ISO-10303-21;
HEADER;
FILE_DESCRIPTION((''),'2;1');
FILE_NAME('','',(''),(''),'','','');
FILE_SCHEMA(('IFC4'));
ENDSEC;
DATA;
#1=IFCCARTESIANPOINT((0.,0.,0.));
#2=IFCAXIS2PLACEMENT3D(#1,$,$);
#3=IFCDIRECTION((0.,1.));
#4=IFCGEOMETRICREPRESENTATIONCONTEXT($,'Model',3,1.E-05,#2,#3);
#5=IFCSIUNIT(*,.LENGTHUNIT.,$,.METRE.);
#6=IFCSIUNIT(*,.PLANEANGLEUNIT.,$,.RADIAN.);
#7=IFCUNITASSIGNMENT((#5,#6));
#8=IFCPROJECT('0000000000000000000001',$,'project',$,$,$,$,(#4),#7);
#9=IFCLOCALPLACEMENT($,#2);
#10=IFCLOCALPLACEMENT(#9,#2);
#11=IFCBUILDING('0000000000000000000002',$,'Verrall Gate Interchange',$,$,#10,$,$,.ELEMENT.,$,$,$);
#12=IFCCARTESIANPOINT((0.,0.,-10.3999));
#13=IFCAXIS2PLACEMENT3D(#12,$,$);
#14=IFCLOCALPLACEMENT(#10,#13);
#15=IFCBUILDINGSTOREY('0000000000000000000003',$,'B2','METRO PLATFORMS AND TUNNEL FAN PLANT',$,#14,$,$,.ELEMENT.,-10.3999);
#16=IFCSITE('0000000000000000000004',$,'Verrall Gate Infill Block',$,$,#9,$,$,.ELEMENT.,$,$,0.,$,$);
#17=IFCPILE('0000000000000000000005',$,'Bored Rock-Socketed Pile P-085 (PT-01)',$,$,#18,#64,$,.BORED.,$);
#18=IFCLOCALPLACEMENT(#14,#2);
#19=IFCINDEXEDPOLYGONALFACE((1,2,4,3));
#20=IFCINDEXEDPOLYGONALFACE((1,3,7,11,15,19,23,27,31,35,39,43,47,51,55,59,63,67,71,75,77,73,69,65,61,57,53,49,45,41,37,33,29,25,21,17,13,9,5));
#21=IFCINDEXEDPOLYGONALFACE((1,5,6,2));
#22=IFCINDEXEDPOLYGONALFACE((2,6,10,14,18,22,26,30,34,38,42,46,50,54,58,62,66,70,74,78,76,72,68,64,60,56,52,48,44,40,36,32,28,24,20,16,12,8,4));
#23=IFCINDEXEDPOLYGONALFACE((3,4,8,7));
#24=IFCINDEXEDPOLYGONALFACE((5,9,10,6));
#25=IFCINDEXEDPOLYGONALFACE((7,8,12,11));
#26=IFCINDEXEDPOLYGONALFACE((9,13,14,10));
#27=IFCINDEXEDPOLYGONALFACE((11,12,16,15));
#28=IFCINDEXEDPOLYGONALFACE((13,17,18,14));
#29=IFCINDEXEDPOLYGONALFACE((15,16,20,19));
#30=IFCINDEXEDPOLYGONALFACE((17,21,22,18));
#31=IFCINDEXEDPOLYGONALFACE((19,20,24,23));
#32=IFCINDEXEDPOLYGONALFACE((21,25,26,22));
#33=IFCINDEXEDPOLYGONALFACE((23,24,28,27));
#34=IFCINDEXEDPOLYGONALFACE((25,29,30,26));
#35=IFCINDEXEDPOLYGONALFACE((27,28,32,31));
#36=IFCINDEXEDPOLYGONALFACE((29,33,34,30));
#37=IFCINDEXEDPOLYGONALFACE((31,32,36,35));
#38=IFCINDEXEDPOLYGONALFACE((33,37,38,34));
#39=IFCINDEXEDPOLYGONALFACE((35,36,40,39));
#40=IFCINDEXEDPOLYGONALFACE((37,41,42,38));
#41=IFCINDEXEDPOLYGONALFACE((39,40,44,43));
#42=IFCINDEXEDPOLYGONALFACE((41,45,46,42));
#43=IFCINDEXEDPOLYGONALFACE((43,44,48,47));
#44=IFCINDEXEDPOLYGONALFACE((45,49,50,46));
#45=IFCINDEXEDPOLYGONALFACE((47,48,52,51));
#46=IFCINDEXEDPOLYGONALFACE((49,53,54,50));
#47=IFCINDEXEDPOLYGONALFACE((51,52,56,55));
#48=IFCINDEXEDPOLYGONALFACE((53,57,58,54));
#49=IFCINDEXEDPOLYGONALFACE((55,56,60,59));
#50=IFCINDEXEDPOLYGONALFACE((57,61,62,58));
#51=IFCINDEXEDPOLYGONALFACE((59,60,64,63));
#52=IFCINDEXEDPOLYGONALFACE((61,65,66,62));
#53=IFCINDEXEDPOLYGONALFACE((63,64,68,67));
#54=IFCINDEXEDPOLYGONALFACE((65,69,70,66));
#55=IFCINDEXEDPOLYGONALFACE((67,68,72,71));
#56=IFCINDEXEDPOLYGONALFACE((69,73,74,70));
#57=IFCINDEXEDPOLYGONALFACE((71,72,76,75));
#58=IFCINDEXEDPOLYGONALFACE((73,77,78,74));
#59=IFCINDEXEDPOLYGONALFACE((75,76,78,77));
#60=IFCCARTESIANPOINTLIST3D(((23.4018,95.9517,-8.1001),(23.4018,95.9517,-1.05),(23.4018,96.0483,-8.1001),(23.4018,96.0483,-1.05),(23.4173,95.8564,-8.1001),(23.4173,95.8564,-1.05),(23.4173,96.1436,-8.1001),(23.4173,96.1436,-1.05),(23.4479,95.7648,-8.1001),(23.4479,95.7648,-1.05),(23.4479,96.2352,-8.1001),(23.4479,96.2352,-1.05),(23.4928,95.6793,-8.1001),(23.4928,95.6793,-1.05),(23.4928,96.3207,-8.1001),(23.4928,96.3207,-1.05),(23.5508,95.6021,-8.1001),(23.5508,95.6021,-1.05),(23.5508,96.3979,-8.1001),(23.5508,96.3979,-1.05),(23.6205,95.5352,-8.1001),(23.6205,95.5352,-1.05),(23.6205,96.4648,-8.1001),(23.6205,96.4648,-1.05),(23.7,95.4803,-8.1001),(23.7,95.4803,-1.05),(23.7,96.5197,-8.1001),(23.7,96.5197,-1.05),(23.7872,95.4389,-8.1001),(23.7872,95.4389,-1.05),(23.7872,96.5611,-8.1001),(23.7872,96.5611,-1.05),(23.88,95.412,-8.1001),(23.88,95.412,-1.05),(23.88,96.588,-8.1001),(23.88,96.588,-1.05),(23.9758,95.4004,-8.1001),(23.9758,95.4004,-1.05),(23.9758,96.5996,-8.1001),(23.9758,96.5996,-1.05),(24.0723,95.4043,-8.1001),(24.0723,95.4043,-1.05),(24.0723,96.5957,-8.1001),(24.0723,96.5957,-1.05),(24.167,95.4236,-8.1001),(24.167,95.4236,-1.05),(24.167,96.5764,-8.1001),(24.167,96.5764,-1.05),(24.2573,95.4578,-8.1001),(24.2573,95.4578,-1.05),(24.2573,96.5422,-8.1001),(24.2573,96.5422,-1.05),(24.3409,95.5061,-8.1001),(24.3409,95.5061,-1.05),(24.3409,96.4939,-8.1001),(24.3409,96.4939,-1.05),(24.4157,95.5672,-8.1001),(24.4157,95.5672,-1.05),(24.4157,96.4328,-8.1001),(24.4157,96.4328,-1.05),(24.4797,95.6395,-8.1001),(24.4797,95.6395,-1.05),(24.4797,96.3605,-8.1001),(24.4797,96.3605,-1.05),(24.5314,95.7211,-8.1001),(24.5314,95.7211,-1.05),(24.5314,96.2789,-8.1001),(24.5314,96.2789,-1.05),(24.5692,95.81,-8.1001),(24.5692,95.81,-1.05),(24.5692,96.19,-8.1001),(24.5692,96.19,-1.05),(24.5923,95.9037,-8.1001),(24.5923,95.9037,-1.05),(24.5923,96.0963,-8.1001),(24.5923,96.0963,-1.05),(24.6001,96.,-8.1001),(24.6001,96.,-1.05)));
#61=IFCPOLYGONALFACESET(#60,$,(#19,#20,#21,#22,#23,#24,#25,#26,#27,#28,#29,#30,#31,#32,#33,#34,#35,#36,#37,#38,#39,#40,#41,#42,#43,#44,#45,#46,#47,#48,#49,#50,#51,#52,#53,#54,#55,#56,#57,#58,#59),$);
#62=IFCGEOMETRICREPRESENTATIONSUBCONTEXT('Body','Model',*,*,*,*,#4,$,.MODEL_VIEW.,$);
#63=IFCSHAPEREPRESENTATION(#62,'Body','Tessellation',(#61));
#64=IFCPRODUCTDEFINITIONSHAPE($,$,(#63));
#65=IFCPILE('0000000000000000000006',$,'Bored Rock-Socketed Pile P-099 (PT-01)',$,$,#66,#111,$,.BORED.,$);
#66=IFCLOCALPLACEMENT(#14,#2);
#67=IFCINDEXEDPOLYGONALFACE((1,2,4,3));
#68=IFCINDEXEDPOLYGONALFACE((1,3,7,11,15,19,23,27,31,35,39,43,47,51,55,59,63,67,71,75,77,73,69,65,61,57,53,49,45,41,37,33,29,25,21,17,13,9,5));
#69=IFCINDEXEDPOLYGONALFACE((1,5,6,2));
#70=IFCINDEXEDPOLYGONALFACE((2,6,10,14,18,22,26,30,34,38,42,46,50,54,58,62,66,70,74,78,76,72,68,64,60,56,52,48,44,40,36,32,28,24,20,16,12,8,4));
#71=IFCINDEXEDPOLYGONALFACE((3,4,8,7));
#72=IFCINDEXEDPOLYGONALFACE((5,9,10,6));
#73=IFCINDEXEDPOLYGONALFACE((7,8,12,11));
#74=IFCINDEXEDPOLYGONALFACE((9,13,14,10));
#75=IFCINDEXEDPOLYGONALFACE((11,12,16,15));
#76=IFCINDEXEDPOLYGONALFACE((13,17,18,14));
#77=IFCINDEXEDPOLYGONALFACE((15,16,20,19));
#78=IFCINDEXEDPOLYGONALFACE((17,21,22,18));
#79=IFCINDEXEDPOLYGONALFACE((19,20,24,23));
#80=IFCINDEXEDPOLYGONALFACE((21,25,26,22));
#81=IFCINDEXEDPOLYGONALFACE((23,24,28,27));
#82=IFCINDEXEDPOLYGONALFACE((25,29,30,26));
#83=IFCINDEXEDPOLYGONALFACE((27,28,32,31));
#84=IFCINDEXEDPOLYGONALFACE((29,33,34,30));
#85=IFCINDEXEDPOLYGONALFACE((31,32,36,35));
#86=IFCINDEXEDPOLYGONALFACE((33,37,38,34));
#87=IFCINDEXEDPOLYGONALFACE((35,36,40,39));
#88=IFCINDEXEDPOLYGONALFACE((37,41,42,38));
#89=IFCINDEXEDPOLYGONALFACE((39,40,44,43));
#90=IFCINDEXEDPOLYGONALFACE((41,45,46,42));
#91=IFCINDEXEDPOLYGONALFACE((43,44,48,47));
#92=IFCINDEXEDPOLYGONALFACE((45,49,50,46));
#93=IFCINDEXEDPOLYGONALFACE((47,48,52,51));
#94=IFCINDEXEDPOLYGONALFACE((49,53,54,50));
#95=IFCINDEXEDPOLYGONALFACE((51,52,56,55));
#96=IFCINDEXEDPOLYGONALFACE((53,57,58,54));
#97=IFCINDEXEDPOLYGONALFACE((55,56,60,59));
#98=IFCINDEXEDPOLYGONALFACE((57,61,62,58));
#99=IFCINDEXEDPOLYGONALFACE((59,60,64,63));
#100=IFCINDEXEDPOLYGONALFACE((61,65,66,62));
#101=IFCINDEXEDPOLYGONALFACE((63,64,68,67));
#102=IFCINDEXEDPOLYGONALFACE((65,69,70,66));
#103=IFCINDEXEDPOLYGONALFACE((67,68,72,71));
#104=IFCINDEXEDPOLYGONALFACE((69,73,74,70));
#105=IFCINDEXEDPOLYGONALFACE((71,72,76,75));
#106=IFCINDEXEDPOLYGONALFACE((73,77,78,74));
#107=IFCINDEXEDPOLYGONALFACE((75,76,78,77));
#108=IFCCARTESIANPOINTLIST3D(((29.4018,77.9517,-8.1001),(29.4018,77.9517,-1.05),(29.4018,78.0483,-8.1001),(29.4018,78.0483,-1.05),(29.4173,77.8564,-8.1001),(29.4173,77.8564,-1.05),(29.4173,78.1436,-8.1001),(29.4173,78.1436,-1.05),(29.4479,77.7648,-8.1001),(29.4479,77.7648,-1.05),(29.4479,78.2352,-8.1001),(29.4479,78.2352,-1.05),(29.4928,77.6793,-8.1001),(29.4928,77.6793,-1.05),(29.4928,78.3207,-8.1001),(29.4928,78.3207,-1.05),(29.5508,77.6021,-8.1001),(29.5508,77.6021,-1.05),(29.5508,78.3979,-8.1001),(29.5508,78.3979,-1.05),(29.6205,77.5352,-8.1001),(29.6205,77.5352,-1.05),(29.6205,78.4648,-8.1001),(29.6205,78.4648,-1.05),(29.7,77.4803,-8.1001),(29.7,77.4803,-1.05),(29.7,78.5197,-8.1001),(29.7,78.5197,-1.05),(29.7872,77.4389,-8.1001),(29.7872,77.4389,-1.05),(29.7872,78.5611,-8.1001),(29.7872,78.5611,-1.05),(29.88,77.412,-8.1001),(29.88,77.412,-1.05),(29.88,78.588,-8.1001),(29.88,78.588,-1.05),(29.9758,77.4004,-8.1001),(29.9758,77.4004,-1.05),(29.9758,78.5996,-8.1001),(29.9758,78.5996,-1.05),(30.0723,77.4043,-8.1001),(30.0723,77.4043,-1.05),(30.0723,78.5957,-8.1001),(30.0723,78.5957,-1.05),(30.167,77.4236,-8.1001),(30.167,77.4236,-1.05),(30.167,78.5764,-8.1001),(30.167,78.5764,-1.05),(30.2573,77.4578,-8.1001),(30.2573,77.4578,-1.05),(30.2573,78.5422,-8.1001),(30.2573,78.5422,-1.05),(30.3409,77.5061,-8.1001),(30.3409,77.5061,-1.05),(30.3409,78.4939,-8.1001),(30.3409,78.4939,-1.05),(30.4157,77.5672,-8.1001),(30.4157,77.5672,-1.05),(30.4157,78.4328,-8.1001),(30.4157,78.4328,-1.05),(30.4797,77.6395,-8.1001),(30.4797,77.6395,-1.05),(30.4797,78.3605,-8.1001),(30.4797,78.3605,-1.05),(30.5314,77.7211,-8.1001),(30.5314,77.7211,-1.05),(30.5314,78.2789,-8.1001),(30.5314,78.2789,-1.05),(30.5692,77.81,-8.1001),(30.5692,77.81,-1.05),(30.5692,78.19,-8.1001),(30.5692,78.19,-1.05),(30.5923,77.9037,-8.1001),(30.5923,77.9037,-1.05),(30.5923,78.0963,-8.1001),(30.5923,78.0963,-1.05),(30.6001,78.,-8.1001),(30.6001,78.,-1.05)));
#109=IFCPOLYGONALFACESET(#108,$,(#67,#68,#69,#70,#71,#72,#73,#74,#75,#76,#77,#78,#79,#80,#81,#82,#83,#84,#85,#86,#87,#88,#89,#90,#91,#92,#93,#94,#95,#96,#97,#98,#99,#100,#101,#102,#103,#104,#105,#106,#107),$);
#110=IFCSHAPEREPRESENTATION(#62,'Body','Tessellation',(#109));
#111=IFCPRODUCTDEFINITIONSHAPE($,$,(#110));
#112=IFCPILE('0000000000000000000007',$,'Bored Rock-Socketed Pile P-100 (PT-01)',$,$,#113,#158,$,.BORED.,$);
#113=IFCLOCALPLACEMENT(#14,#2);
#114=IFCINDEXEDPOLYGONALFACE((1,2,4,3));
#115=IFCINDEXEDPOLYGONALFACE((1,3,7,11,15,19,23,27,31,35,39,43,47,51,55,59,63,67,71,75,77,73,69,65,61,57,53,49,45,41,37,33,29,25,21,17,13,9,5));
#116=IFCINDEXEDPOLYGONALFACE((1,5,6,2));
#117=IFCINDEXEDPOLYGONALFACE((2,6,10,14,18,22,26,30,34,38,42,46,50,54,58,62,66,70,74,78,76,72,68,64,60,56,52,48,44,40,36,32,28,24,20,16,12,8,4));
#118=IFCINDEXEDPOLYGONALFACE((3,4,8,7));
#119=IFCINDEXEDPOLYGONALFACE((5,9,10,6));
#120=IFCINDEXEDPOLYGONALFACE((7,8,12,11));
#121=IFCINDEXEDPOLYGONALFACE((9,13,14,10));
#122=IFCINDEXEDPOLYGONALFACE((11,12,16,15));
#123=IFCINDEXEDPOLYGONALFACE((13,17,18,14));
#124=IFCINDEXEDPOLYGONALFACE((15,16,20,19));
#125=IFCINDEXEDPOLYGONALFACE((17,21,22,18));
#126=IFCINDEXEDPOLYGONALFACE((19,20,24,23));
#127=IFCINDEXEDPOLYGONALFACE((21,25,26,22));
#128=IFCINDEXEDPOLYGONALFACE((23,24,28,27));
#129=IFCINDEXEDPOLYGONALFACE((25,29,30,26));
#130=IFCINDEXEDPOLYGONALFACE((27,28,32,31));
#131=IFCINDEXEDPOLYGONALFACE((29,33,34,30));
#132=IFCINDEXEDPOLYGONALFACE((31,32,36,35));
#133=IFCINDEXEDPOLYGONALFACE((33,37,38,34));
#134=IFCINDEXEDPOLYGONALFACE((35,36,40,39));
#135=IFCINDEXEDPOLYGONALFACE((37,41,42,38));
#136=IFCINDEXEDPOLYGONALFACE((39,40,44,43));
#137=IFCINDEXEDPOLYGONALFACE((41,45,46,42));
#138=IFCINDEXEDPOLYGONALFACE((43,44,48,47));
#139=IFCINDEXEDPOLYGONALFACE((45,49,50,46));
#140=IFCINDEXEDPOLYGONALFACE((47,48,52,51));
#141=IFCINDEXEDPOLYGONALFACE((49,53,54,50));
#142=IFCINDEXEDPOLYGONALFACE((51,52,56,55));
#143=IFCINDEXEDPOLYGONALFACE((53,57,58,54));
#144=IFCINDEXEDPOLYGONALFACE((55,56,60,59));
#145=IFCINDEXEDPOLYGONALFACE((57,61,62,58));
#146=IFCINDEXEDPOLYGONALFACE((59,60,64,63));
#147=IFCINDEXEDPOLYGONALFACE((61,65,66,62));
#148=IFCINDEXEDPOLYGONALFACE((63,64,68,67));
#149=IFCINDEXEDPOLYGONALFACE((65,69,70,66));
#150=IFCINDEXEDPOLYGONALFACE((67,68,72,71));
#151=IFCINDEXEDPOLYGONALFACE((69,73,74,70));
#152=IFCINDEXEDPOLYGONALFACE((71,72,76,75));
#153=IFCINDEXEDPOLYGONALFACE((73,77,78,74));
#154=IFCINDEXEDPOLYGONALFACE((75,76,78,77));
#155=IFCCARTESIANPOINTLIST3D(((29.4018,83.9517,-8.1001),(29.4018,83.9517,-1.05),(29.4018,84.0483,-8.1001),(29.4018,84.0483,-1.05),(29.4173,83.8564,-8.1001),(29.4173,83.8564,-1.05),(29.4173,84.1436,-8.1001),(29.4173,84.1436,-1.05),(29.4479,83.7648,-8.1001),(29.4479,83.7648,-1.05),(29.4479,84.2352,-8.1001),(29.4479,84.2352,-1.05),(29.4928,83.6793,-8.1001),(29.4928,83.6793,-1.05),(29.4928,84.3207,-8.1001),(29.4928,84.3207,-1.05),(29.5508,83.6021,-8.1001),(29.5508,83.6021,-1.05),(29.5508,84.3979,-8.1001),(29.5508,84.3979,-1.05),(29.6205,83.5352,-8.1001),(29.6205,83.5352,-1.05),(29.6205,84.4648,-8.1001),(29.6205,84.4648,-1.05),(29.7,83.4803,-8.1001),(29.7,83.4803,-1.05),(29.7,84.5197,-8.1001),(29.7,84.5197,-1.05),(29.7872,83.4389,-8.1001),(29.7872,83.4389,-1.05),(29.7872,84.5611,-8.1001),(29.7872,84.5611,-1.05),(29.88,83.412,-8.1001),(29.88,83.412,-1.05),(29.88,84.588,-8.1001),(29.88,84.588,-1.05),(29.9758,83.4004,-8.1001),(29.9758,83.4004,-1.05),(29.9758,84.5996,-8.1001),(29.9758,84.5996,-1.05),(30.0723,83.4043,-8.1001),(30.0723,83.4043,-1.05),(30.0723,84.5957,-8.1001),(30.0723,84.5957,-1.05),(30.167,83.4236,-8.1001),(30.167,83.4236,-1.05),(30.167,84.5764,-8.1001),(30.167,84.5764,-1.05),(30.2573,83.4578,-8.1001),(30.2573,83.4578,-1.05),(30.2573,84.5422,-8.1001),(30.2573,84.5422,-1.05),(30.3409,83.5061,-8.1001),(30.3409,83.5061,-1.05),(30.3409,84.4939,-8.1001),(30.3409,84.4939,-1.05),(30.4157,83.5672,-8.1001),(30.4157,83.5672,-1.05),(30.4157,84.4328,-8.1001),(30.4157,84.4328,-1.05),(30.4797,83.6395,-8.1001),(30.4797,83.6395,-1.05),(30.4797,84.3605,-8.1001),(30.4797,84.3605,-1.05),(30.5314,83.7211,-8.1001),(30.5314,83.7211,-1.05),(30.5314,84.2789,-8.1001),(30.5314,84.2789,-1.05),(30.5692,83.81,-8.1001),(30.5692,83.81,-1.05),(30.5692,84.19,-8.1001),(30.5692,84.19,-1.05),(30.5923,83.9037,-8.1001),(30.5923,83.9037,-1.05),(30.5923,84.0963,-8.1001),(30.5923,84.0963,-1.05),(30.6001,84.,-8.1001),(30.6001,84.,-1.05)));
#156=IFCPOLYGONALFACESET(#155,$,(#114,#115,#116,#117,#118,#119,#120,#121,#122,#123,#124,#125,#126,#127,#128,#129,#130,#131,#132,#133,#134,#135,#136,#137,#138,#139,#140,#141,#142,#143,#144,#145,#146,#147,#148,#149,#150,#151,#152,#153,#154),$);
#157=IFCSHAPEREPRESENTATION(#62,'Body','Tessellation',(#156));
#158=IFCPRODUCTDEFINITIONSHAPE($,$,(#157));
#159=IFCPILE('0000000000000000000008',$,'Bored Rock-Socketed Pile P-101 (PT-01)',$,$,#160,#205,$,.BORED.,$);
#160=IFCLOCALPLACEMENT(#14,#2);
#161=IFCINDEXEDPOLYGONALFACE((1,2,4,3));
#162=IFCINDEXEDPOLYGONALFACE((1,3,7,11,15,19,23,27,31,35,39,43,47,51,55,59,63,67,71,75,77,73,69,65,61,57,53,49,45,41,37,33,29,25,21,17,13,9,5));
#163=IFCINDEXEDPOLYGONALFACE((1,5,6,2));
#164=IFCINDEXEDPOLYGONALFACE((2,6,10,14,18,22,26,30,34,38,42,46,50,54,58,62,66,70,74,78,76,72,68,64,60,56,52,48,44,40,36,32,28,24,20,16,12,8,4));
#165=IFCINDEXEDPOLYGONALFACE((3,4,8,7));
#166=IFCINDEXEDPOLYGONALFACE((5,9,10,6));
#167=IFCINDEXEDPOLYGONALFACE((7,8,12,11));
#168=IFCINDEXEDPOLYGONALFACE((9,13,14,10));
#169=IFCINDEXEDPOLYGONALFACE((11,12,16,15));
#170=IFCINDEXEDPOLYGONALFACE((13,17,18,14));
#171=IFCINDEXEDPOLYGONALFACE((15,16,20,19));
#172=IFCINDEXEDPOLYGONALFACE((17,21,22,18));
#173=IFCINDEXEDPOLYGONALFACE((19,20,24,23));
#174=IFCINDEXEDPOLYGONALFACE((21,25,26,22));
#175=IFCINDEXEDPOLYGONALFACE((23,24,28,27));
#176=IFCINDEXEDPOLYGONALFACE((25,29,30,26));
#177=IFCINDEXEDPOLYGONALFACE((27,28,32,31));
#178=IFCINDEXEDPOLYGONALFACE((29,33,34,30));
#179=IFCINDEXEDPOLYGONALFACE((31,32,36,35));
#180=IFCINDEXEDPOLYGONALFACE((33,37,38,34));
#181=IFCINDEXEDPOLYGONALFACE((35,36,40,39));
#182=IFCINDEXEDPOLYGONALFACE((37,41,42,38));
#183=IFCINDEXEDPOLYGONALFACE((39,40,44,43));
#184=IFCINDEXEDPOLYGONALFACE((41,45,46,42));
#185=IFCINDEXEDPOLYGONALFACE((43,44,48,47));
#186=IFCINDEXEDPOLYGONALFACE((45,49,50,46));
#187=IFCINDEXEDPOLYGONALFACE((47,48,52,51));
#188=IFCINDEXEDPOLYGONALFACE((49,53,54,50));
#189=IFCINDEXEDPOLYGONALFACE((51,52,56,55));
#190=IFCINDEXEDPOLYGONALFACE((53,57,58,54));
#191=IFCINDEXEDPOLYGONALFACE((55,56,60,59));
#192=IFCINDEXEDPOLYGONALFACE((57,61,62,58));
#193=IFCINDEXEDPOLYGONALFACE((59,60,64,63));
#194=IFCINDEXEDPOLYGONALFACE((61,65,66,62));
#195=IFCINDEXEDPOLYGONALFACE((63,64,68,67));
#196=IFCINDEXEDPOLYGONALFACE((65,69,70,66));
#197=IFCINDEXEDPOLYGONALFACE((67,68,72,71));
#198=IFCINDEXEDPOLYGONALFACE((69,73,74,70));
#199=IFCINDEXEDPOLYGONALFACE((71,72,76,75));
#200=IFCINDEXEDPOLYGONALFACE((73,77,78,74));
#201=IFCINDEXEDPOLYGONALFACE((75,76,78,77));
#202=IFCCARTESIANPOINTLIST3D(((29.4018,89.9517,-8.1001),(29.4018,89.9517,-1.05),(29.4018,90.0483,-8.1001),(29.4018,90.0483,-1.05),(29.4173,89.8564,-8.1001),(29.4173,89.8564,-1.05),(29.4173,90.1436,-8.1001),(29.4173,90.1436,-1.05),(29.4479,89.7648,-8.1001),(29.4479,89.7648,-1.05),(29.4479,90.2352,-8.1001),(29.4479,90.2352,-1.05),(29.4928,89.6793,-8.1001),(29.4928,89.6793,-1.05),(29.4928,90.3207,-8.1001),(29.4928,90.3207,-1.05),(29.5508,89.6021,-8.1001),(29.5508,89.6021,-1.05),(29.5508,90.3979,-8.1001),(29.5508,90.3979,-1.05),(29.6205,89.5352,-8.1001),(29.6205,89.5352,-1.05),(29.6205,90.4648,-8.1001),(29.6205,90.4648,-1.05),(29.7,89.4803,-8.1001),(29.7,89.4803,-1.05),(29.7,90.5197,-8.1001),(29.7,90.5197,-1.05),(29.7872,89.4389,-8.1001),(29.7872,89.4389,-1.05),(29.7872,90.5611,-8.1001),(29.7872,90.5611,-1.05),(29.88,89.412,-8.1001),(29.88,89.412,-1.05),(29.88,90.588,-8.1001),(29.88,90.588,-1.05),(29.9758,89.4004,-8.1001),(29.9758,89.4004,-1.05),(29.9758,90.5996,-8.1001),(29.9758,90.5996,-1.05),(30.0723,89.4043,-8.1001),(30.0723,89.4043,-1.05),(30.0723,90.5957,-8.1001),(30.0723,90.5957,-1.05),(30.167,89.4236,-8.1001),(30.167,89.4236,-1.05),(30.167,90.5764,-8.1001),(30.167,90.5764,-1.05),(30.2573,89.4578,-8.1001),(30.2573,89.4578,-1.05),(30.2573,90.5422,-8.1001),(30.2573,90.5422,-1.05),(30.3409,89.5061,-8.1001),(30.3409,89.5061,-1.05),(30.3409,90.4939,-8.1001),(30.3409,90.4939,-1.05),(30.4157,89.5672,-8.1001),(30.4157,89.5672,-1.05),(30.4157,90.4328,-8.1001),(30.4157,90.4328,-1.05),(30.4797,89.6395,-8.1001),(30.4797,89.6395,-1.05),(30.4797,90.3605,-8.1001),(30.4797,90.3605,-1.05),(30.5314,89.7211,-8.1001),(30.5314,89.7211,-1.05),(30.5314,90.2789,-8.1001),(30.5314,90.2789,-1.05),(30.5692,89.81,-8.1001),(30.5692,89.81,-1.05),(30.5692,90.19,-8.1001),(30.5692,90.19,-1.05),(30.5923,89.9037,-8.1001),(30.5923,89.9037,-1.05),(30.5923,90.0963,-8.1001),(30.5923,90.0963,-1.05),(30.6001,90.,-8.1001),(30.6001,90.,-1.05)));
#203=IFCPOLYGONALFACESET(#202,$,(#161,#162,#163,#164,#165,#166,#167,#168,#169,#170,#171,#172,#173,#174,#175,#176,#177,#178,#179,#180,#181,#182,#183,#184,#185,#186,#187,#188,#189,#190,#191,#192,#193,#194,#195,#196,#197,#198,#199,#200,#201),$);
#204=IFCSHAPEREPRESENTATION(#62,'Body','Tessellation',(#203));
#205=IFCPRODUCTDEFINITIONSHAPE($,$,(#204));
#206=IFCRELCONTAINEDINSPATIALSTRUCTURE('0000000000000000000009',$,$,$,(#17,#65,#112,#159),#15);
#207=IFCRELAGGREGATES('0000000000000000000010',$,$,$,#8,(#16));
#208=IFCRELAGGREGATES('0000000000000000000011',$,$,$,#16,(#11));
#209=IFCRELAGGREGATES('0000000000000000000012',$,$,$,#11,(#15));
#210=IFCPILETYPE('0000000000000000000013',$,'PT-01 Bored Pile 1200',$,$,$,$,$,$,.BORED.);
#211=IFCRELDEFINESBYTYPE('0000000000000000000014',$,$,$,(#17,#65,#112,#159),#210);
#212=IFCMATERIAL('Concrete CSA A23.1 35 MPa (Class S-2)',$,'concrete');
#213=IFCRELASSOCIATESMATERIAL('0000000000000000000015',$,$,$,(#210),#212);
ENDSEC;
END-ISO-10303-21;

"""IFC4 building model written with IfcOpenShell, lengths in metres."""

from ifc_helpers import new_model, si_unit, direction, frame, origin, origin_2d, place, context, subcontext, project, spatial, circle, extrude, material, material_profile, profile_set, type_object, element, save


model = new_model("IFC4")

# Units and contexts
model_context = context("Model", 3, precision=1e-05, world=origin(), true_north=direction((0.0, 1.0)))
body_context = subcontext(model_context, "Body", "Model", "MODEL_VIEW")
ifc_project = project(units=[si_unit("LENGTHUNIT", "METRE"), si_unit("PLANEANGLEUNIT", "RADIAN")], contexts=[model_context])

# Site, building, storey
site_placement = place(None, origin())
site = spatial("IfcSite", under=ifc_project, at=site_placement, Name="Verrall Gate Infill Block", CompositionType="ELEMENT", RefElevation=0.0)
building_placement = place(site_placement, origin())
building = spatial("IfcBuilding", under=site, at=building_placement, Name="Verrall Gate Interchange", CompositionType="ELEMENT")
storey_placement = place(building_placement, frame((0.0, 0.0, -10.3999)))
storey = spatial("IfcBuildingStorey", under=building, at=storey_placement, Name="B2", Description="METRO PLATFORMS AND TUNNEL FAN PLANT", CompositionType="ELEMENT", Elevation=-10.3999)

# Piles
ifc_material_1 = material(Name="Concrete CSA A23.1 35 MPa (Class S-2)", Category="concrete")
ifc_material_profile_1 = material_profile(ifc_material_1, circle(Radius=0.6001, at=origin_2d()), Name="PILE1200D")
ifc_profile_set_1 = profile_set([ifc_material_profile_1], Name="Concrete CSA A23.1 35 MPa (Class S-2)")
pile_type = type_object("IfcPileType", Name="PT-01 Bored Pile 1200", PredefinedType="BORED", material=ifc_profile_set_1)
for number, where, z_axis, x_axis, name in (
    (1, (24.0, 96.0, -1.05), (0.0, 0.0, -1.0), (1.0, 0.0, 0.0), "Bored Rock-Socketed Pile P-085 (PT-01)"),
    (2, (30.0, 78.0, -1.05), (0.0, 0.0, -1.0), (1.0, 0.0, 0.0), "Bored Rock-Socketed Pile P-099 (PT-01)"),
    (3, (30.0, 84.0, -1.05), (0.0, 0.0, -1.0), (1.0, 0.0, 0.0), "Bored Rock-Socketed Pile P-100 (PT-01)"),
    (4, (30.0, 90.0, -1.05), (0.0, 0.0, -1.0), (1.0, 0.0, 0.0), "Bored Rock-Socketed Pile P-101 (PT-01)"),
):
    element("IfcPile", number, at=place(storey_placement, frame(where, z_axis=z_axis, x_axis=x_axis)), inside=storey, type_object=pile_type, Name=name, PredefinedType="BORED", context=body_context, shape_type="SweptSolid", body=[
        extrude(circle(Radius=0.6001, at=origin_2d()), origin(), (0.0, 0.0, 1.0), 7.05),
    ])

save(model, "model.ifc")
